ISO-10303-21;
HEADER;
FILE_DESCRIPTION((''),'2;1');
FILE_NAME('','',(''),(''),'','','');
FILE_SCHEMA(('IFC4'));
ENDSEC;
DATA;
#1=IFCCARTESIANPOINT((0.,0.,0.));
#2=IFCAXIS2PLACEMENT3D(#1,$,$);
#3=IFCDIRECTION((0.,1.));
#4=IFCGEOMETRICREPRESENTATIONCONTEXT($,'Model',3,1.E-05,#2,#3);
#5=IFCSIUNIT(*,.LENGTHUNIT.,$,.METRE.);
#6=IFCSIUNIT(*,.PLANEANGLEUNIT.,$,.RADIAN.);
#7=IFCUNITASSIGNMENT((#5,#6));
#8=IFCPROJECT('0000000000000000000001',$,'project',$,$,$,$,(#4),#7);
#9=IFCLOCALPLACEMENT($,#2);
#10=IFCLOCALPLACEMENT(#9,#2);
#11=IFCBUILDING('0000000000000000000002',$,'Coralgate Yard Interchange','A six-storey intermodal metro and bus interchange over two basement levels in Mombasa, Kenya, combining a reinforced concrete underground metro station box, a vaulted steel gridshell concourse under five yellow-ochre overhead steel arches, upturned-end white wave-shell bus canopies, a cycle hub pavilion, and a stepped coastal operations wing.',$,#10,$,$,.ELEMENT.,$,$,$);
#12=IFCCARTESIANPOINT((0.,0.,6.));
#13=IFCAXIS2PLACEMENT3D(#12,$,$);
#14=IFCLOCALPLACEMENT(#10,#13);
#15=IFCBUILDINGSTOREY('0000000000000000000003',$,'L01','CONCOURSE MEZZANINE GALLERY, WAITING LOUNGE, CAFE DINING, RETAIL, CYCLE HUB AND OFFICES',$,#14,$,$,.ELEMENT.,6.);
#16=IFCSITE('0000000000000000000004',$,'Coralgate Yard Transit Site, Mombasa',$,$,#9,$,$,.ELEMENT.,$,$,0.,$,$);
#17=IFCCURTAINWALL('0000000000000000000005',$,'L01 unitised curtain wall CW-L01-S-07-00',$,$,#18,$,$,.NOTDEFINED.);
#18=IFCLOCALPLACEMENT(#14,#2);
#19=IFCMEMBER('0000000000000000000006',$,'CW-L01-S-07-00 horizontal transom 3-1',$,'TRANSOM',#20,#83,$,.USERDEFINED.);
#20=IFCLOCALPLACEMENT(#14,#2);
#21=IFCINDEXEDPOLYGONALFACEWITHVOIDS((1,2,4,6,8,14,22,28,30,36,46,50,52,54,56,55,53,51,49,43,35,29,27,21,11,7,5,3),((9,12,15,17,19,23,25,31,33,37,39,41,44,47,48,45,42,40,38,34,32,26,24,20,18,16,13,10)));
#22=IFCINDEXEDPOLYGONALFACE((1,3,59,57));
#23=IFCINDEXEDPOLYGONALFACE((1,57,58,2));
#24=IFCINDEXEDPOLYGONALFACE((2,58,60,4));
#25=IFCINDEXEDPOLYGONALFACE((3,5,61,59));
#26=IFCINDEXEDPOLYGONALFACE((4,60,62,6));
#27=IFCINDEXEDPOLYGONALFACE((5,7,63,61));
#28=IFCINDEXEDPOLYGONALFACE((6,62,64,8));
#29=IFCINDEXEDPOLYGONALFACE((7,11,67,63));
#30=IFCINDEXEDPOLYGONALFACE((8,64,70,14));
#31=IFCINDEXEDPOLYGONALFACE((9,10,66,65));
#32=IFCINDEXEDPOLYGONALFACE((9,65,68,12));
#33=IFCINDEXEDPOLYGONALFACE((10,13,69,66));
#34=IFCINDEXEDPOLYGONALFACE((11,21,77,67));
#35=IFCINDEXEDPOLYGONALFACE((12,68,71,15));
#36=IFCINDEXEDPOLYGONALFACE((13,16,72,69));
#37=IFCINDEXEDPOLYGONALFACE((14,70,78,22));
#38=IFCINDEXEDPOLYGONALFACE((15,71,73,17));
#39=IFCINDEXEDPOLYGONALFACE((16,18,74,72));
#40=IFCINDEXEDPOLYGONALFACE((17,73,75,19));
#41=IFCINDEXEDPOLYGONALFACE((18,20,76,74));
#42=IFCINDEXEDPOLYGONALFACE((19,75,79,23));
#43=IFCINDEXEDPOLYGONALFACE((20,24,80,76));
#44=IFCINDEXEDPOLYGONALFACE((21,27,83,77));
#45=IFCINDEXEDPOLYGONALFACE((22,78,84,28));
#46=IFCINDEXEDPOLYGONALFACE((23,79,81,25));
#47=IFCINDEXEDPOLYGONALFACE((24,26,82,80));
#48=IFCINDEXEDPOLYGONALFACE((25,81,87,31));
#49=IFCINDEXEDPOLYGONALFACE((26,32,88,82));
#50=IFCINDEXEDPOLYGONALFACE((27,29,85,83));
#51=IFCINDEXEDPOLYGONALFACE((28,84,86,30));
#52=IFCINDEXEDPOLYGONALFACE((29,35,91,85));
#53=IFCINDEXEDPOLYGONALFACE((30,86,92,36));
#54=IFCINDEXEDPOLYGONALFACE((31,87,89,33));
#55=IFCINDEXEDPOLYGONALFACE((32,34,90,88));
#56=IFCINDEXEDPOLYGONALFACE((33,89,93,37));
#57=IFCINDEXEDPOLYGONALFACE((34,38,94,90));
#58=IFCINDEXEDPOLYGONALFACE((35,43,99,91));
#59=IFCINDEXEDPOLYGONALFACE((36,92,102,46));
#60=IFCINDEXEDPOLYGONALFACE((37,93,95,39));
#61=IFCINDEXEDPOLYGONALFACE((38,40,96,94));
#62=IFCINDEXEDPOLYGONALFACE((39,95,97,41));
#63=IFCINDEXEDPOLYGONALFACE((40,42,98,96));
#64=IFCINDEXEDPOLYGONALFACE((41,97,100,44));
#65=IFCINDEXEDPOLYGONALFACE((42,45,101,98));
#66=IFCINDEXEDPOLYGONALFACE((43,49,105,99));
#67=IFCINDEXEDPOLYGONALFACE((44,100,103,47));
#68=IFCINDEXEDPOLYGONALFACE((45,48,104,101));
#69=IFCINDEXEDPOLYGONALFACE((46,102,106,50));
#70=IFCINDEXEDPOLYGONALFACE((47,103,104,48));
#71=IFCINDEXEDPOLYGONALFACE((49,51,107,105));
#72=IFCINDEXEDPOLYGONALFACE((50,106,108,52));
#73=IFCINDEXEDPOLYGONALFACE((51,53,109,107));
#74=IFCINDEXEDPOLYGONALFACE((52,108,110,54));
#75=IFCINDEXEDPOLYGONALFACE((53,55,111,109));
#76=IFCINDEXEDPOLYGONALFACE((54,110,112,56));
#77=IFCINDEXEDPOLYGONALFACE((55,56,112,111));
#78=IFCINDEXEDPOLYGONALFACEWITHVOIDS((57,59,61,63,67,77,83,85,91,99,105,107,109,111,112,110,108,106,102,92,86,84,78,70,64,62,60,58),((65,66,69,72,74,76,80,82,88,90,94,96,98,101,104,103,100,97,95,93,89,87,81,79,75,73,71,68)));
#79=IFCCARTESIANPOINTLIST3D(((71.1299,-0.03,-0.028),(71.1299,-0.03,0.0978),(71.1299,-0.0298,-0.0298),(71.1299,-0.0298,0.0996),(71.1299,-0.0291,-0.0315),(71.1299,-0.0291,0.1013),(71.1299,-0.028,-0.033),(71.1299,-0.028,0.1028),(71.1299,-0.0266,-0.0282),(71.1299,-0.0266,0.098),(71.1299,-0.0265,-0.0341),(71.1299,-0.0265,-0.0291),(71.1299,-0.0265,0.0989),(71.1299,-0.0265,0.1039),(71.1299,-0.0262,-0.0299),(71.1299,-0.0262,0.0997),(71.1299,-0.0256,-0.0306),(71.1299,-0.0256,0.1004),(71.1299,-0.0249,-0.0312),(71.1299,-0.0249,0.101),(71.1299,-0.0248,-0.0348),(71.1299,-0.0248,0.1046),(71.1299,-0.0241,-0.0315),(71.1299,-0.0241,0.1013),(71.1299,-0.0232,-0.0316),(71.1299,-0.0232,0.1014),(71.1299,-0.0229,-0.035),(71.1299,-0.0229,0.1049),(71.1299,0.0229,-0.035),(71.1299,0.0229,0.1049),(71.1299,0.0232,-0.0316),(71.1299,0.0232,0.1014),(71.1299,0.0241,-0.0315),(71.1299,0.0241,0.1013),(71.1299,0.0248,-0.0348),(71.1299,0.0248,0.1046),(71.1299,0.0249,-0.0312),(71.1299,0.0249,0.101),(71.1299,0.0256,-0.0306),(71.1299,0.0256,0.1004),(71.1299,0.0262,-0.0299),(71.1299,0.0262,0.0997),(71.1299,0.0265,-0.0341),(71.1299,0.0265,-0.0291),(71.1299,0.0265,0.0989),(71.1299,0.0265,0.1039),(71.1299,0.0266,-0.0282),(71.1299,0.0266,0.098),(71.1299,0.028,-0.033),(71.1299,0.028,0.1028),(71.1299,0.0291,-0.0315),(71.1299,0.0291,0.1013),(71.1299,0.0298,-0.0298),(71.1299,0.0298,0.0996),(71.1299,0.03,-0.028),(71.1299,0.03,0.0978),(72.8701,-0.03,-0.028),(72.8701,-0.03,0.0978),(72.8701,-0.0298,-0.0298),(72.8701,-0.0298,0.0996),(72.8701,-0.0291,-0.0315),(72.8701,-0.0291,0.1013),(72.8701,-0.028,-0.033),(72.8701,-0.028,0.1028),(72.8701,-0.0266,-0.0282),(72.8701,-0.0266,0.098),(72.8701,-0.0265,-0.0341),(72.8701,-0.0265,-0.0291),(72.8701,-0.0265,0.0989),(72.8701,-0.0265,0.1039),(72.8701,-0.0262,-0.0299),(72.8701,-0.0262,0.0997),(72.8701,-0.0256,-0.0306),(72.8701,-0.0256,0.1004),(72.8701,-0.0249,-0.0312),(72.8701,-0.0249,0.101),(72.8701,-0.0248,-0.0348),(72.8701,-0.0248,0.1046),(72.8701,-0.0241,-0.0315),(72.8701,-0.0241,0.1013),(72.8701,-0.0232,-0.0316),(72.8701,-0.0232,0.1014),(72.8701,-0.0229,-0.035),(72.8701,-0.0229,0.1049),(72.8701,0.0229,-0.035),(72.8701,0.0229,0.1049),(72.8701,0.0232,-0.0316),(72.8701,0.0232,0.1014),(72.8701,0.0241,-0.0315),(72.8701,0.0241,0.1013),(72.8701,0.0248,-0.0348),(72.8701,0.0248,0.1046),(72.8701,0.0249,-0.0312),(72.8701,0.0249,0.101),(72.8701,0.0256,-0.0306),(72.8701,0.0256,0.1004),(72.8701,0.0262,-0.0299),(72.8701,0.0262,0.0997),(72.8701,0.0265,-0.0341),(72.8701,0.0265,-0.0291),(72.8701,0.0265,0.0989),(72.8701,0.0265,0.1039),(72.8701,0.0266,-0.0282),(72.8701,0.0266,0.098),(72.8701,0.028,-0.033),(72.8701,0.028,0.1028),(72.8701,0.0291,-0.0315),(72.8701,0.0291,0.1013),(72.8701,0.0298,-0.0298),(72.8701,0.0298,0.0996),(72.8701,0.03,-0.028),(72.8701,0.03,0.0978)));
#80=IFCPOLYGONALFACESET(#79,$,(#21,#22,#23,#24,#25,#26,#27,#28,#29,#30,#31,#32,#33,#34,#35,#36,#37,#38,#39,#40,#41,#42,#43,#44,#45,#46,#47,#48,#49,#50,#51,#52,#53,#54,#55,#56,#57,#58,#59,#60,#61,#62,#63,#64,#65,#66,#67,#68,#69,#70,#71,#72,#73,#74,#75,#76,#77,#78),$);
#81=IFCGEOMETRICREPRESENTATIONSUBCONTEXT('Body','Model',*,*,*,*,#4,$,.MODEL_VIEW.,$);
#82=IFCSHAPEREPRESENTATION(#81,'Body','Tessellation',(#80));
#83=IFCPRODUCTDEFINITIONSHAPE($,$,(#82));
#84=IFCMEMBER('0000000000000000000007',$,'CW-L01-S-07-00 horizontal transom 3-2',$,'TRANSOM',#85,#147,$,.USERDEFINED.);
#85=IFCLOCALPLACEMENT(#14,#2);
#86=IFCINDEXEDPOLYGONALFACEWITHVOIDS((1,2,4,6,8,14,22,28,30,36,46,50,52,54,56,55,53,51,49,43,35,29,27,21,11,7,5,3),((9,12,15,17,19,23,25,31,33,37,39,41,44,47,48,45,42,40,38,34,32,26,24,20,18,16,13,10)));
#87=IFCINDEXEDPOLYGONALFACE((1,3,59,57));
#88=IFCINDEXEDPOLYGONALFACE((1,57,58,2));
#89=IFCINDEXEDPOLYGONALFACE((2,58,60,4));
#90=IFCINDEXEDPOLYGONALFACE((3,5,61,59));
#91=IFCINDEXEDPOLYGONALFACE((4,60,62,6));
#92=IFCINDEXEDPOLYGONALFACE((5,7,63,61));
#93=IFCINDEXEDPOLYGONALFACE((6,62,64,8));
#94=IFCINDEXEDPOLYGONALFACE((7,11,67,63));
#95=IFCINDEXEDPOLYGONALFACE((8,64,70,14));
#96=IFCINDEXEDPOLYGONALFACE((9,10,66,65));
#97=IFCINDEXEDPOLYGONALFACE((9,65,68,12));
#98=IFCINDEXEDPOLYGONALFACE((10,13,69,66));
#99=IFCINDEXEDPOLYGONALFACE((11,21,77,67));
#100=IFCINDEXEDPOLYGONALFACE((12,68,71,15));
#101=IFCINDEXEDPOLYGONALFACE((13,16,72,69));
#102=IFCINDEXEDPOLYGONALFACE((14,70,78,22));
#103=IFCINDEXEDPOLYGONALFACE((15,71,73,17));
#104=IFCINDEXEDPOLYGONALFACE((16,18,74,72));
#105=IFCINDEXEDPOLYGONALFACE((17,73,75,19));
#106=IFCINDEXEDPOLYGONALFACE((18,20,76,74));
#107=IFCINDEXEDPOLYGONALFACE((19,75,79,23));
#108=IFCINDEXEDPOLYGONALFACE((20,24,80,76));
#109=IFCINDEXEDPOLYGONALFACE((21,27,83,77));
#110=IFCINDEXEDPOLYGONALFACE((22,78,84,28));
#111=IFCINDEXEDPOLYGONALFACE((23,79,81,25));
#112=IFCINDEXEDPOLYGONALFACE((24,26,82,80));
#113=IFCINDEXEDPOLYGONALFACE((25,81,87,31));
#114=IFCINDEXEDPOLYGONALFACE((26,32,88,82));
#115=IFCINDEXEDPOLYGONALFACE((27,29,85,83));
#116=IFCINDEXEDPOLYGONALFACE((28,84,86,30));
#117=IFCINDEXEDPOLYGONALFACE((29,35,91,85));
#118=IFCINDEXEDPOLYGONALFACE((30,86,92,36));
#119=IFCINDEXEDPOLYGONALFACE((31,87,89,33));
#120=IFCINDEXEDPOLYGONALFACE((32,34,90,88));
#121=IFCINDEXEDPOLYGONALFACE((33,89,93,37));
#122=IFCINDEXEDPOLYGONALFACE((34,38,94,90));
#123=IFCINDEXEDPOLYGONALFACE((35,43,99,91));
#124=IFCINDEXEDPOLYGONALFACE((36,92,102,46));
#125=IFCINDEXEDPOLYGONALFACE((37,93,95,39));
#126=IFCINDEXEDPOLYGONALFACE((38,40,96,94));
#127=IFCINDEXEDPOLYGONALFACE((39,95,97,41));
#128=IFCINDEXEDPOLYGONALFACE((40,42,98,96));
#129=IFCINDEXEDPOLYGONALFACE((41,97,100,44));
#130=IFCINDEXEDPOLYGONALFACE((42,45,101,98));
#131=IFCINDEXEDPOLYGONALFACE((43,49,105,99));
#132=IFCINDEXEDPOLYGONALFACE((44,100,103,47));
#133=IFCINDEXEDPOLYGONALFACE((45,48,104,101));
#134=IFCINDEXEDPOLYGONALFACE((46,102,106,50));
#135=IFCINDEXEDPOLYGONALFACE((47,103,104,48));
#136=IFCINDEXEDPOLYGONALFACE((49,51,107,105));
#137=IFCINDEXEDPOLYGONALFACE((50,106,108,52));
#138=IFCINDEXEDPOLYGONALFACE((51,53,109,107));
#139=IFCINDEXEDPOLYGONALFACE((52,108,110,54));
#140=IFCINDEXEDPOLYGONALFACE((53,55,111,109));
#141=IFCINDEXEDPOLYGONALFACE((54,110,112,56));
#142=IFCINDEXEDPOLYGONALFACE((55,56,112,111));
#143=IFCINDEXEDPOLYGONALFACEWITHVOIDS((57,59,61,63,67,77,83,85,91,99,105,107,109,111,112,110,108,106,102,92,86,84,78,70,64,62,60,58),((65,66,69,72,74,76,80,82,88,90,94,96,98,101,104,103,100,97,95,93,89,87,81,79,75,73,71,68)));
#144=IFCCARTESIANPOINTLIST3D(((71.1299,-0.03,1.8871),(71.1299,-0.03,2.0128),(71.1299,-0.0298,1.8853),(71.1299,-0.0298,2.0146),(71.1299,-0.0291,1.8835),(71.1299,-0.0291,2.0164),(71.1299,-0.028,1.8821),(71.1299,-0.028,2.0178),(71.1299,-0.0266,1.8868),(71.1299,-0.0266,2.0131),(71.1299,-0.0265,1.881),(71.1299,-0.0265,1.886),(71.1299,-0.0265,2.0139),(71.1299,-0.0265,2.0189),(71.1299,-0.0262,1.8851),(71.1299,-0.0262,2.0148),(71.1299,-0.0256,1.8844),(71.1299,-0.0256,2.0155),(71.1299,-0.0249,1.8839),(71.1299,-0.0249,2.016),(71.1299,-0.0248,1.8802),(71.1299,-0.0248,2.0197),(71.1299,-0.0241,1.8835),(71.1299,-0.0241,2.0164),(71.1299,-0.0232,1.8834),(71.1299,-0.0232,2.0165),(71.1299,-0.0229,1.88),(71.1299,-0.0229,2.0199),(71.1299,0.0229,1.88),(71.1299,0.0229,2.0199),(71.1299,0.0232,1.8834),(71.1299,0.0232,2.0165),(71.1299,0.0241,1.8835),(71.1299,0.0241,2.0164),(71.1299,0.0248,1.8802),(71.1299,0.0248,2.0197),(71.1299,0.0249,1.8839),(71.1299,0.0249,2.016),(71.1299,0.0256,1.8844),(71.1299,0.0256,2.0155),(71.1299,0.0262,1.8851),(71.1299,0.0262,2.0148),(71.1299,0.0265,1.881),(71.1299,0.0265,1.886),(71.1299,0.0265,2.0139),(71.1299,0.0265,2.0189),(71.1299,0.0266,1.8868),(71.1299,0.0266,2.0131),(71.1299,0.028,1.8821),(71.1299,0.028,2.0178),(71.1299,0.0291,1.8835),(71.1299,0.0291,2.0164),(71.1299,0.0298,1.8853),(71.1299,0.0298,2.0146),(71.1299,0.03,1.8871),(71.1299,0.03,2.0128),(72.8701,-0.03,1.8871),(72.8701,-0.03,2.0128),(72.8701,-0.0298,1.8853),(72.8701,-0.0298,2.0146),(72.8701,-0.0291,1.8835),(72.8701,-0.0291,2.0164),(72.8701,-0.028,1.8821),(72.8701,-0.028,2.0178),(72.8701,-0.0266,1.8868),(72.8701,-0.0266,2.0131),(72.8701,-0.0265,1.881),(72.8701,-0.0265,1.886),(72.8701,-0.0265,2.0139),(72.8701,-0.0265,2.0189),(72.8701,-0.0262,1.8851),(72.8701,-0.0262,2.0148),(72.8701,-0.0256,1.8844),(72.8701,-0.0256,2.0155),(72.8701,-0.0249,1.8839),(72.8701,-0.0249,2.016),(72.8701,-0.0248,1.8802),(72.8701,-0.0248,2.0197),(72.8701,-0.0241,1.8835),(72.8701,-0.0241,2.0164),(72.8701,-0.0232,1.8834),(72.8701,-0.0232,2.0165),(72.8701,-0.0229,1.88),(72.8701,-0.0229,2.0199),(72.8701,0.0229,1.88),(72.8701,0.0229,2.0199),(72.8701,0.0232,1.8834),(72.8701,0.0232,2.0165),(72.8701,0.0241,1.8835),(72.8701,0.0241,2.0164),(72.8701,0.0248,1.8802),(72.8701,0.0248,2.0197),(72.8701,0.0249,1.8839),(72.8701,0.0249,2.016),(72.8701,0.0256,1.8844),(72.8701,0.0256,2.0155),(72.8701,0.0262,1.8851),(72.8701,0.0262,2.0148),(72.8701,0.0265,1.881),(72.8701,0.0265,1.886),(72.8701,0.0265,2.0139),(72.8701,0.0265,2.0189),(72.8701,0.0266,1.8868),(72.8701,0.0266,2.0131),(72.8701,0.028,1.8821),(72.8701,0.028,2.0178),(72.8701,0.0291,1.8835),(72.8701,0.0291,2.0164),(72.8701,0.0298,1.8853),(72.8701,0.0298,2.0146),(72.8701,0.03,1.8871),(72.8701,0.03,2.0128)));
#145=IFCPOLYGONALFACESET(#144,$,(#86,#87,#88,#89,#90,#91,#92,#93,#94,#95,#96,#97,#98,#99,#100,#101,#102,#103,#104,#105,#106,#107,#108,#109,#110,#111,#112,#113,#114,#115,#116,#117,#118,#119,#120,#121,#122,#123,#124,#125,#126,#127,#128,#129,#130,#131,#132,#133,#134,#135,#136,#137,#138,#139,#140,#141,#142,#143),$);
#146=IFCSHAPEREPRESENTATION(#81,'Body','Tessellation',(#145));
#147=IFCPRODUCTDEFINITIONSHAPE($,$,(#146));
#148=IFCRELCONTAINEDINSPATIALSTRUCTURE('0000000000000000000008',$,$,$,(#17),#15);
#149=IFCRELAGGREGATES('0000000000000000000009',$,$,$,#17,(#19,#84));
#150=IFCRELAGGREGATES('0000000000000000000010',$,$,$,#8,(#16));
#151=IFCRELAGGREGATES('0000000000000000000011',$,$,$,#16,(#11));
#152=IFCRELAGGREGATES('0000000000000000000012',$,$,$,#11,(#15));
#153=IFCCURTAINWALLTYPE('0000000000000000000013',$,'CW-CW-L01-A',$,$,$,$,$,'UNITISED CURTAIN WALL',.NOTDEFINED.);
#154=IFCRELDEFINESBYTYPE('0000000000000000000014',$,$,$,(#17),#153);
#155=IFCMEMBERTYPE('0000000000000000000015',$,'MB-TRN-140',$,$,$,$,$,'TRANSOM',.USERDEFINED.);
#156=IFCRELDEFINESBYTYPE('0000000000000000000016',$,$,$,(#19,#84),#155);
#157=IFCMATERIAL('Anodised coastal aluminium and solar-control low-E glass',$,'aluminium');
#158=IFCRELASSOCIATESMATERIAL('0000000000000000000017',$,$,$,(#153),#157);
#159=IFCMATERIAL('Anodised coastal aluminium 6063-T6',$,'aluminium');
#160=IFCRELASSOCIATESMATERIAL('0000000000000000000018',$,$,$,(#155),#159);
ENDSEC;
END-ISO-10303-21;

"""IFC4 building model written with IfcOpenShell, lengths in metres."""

from ifc_helpers import new_model, si_unit, direction, frame, origin, origin_2d, place, context, subcontext, project, spatial, hollow_rectangle, extrude, material, material_profile, profile_set, type_object, element, aggregate, save


model = new_model("IFC4")

# Units and contexts
model_context = context("Model", 3, precision=1e-05, world=origin(), true_north=direction((0.0, 1.0)))
body_context = subcontext(model_context, "Body", "Model", "MODEL_VIEW")
ifc_project = project(units=[si_unit("LENGTHUNIT", "METRE"), si_unit("PLANEANGLEUNIT", "RADIAN")], contexts=[model_context])

# Site, building, storey
site_placement = place(None, origin())
site = spatial("IfcSite", under=ifc_project, at=site_placement, Name="Coralgate Yard Transit Site, Mombasa", CompositionType="ELEMENT", RefElevation=0.0)
building_placement = place(site_placement, origin())
building = spatial("IfcBuilding", under=site, at=building_placement, Name="Coralgate Yard Interchange", Description="A six-storey intermodal metro and bus interchange over two basement levels in Mombasa, Kenya, combining a reinforced concrete underground metro station box, a vaulted steel gridshell concourse under five yellow-ochre overhead steel arches, upturned-end white wave-shell bus canopies, a cycle hub pavilion, and a stepped coastal operations wing.", CompositionType="ELEMENT")
storey_placement = place(building_placement, frame((0.0, 0.0, 6.0)))
storey = spatial("IfcBuildingStorey", under=building, at=storey_placement, Name="L01", Description="CONCOURSE MEZZANINE GALLERY, WAITING LOUNGE, CAFE DINING, RETAIL, CYCLE HUB AND OFFICES", CompositionType="ELEMENT", Elevation=6.0)

# Shared definitions
ifc_material_1 = material(Name="Anodised coastal aluminium and solar-control low-E glass", Category="aluminium")
curtain_wall_type = type_object("IfcCurtainWallType", Name="CW-CW-L01-A", ElementType="UNITISED CURTAIN WALL", PredefinedType="NOTDEFINED", material=ifc_material_1)
ifc_material_2 = material(Name="Anodised coastal aluminium 6063-T6", Category="aluminium")

# Curtain wall
curtain_wall_1_placement = place(storey_placement, origin())
curtain_wall_1 = element("IfcCurtainWall", 1, at=curtain_wall_1_placement, inside=storey, type_object=curtain_wall_type, Name="L01 unitised curtain wall CW-L01-S-07-00", PredefinedType="NOTDEFINED")

# Members
ifc_material_profile_1 = material_profile(ifc_material_2, hollow_rectangle(XDim=0.0601, YDim=0.1399, WallThickness=0.0034, InnerFilletRadius=0.0034, OuterFilletRadius=0.0071, at=origin_2d()), Name="ALU 60x140x3.5")
ifc_profile_set_1 = profile_set([ifc_material_profile_1], Name="Anodised coastal aluminium 6063-T6")
member_type_1 = type_object("IfcMemberType", Name="MB-TRN-140", ElementType="TRANSOM", PredefinedType="USERDEFINED", material=ifc_profile_set_1)
member_1_placement = place(storey_placement, frame((72.8701, 0.0, 0.0349), z_axis=(-1.0, 0.0, 0.0), x_axis=(0.0, -1.0, 0.0)))
member_1 = element("IfcMember", 2, at=member_1_placement, type_object=member_type_1, Name="CW-L01-S-07-00 horizontal transom 3-1", ObjectType="TRANSOM", PredefinedType="USERDEFINED", context=body_context, shape_type="SweptSolid", body=[
    extrude(hollow_rectangle(XDim=0.0601, YDim=0.1399, WallThickness=0.0034, InnerFilletRadius=0.0034, OuterFilletRadius=0.0071, at=origin_2d()), origin(), (0.0, 0.0, 1.0), 1.7402),
])
member_2_placement = place(storey_placement, frame((72.8701, 0.0, 1.95), z_axis=(-1.0, 0.0, 0.0), x_axis=(0.0, -1.0, 0.0)))
member_2 = element("IfcMember", 3, at=member_2_placement, type_object=member_type_1, Name="CW-L01-S-07-00 horizontal transom 3-2", ObjectType="TRANSOM", PredefinedType="USERDEFINED", context=body_context, shape_type="SweptSolid", body=[
    extrude(hollow_rectangle(XDim=0.0601, YDim=0.1399, WallThickness=0.0034, InnerFilletRadius=0.0034, OuterFilletRadius=0.0071, at=origin_2d()), origin(), (0.0, 0.0, 1.0), 1.7402),
])

aggregate(curtain_wall_1, [member_1, member_2])

save(model, "model.ifc")
